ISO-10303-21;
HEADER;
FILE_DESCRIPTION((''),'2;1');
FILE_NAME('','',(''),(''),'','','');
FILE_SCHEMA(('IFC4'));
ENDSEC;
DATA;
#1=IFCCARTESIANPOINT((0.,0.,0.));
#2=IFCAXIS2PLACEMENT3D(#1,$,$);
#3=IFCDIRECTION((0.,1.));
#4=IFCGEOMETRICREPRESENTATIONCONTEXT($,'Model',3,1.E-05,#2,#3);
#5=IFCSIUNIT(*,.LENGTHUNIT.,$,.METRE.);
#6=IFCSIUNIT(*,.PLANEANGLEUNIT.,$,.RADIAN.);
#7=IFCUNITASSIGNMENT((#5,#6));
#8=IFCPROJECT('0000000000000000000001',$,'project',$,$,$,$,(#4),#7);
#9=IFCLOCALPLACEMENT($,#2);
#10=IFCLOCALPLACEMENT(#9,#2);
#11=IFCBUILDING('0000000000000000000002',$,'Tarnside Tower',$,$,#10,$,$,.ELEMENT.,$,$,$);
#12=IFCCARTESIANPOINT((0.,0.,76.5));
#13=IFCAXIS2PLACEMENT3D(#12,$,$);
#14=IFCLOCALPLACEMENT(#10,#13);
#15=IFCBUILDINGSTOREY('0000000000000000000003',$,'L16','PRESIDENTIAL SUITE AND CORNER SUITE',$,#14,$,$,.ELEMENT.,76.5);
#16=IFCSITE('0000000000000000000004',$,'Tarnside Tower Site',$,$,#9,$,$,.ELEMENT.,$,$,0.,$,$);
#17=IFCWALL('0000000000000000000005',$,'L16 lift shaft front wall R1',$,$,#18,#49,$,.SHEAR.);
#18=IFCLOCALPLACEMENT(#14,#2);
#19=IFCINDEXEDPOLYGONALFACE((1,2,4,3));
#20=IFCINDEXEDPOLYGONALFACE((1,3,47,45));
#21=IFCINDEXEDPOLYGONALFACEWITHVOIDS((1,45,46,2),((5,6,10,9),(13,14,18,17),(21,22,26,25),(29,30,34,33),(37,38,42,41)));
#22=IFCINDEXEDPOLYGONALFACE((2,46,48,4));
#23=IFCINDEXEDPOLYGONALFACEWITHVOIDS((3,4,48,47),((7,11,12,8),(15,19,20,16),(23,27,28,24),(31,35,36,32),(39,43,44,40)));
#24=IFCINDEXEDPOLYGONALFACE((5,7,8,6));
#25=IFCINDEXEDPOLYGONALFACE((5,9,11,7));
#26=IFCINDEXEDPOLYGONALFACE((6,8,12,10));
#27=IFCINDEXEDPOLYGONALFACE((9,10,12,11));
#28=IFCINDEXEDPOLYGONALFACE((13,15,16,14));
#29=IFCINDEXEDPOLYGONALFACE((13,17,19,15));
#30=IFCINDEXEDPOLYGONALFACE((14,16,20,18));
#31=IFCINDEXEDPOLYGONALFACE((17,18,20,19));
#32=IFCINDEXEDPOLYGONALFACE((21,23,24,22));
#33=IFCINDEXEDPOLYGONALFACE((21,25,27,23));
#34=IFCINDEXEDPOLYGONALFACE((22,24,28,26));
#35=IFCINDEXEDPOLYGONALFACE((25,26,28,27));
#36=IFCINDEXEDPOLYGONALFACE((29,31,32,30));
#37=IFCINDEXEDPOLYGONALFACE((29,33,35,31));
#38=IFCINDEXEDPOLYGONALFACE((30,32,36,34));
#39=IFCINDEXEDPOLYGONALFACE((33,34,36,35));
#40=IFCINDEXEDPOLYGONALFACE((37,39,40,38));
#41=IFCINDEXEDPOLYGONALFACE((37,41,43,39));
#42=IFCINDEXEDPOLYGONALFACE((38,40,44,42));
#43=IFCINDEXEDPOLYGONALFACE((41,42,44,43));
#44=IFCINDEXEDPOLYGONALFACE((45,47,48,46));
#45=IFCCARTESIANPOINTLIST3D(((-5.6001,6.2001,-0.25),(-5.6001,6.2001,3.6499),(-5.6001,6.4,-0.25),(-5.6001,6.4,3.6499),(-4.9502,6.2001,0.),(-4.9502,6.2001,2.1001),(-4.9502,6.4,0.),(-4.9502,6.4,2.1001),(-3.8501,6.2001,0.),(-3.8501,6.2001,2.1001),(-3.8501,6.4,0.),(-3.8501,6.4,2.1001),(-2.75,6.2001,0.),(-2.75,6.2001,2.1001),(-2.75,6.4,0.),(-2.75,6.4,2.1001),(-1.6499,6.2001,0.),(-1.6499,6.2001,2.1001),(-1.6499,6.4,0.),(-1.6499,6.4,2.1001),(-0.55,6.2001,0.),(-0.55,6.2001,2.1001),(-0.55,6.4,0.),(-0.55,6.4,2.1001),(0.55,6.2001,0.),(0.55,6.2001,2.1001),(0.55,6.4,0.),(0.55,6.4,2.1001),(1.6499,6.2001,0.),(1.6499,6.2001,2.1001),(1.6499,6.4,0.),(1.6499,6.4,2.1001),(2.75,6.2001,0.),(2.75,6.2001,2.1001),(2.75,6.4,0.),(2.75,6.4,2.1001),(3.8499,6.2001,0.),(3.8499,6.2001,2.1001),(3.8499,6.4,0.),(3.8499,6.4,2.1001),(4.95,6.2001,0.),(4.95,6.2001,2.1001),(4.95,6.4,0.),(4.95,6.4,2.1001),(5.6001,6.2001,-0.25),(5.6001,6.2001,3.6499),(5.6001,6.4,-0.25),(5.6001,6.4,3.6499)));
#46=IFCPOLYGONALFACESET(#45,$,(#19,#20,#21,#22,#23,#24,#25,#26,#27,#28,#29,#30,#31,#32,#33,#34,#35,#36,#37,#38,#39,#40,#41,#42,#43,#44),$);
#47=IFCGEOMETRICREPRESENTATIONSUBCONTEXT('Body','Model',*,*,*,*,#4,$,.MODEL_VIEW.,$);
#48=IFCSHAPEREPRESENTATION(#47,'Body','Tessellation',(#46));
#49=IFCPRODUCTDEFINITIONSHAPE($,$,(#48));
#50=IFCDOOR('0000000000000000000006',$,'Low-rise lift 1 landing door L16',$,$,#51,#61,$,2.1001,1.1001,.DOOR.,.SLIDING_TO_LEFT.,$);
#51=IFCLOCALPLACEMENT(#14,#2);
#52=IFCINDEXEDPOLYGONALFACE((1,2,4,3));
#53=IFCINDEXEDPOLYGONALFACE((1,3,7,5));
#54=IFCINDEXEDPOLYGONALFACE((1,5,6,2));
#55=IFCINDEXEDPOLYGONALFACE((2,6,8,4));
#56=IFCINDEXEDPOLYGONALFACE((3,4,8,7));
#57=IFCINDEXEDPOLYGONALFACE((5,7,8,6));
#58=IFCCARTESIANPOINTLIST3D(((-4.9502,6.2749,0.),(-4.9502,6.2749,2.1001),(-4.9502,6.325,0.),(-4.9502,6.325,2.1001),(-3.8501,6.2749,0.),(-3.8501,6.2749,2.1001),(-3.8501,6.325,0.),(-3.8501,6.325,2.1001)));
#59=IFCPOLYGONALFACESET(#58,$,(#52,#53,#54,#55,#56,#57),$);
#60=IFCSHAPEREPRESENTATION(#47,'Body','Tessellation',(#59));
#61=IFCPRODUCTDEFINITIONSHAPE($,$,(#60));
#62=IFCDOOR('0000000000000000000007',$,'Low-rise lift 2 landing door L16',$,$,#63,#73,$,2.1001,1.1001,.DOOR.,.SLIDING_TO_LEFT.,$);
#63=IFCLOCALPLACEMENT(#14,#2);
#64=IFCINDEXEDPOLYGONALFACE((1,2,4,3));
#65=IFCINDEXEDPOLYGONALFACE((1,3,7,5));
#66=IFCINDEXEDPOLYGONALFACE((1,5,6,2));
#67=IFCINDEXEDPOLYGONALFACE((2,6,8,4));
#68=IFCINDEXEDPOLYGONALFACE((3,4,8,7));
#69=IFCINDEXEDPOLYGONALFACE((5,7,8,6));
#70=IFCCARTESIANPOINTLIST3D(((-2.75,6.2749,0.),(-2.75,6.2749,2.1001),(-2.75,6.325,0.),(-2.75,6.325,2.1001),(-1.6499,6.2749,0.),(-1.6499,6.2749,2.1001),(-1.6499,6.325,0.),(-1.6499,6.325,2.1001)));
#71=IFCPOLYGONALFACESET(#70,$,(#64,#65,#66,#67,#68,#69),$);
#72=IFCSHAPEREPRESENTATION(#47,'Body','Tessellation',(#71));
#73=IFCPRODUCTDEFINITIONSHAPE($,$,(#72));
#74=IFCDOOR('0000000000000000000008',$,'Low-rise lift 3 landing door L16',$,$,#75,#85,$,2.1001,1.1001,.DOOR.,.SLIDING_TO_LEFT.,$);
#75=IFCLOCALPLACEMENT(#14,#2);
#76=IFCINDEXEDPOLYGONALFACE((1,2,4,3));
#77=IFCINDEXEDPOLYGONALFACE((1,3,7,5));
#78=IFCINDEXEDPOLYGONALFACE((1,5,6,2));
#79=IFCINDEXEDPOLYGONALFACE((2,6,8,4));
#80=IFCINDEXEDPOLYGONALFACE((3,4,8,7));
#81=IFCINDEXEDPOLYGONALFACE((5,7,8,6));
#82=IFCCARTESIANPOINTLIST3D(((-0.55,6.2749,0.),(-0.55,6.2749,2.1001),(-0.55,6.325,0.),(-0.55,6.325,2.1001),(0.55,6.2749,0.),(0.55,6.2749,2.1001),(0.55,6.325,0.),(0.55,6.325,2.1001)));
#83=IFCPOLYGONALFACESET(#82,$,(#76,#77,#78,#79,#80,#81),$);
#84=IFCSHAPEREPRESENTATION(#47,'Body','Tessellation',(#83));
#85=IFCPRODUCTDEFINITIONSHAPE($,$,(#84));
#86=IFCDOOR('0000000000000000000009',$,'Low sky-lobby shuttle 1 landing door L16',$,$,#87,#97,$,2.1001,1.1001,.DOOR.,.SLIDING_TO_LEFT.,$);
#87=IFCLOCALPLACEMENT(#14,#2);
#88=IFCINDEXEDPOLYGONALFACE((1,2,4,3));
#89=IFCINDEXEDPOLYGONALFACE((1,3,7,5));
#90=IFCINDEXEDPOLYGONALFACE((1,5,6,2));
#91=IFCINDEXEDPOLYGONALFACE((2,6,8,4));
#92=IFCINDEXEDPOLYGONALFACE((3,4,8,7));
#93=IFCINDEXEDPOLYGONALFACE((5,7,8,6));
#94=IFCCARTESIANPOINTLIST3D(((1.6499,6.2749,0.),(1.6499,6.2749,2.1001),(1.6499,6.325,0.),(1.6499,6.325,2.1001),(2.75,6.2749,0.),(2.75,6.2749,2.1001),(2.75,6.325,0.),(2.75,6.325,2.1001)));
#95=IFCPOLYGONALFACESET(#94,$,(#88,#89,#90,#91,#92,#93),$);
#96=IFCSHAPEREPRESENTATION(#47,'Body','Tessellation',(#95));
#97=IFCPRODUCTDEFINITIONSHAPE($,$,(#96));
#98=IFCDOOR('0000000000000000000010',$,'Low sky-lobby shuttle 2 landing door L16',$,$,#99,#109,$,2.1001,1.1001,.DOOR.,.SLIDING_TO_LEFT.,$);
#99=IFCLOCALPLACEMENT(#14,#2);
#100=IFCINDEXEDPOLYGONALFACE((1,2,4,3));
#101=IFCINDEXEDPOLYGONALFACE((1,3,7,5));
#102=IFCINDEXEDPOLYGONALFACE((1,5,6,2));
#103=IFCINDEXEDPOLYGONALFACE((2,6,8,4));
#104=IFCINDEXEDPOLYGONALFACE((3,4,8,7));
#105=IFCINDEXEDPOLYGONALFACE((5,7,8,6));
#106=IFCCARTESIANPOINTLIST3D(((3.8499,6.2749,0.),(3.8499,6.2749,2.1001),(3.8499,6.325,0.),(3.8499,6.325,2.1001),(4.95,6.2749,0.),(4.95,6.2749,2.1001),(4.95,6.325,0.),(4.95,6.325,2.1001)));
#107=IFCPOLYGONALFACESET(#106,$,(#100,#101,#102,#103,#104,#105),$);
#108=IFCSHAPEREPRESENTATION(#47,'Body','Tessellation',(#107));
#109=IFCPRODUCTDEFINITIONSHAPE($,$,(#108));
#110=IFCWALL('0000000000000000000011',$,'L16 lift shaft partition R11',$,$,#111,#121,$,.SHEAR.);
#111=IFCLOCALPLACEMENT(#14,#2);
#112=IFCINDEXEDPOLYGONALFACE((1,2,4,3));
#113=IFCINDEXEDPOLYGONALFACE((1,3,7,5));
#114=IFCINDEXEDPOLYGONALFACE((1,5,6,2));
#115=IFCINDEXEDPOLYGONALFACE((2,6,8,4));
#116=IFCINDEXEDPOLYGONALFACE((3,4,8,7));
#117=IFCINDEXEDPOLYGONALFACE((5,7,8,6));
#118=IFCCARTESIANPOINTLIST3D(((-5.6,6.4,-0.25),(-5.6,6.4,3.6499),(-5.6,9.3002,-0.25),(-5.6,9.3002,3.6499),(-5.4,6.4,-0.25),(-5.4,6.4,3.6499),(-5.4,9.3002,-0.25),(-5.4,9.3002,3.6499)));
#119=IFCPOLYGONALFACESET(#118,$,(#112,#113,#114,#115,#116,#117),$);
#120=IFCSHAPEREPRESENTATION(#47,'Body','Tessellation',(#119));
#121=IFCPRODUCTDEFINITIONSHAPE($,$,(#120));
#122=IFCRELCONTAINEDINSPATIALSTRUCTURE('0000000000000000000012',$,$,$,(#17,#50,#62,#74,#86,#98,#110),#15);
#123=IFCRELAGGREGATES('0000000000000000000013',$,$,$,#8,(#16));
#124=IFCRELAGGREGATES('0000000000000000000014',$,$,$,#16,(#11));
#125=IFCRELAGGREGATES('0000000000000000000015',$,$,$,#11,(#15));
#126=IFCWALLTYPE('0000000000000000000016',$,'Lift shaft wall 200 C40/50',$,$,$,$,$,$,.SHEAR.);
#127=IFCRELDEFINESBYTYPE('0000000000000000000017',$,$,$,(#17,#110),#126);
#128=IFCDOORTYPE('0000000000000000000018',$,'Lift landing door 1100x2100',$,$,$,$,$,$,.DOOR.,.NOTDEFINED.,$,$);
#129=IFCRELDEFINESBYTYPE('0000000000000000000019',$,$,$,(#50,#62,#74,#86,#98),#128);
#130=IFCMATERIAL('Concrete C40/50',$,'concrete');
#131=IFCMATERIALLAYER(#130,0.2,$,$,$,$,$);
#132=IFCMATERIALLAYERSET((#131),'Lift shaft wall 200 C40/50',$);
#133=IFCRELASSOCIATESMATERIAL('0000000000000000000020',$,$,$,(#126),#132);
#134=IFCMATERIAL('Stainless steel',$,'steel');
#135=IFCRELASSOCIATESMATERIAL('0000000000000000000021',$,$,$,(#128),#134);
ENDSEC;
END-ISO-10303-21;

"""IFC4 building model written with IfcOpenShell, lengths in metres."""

from ifc_helpers import new_model, si_unit, direction, frame, frame_2d, origin, place, context, subcontext, project, spatial, rectangle, extrude, material, layer, layer_set, type_object, element, fill, save


model = new_model("IFC4")

# Units and contexts
model_context = context("Model", 3, precision=1e-05, world=origin(), true_north=direction((0.0, 1.0)))
body_context = subcontext(model_context, "Body", "Model", "MODEL_VIEW")
ifc_project = project(units=[si_unit("LENGTHUNIT", "METRE"), si_unit("PLANEANGLEUNIT", "RADIAN")], contexts=[model_context])

# Site, building, storey
site_placement = place(None, origin())
site = spatial("IfcSite", under=ifc_project, at=site_placement, Name="Tarnside Tower Site", CompositionType="ELEMENT", RefElevation=0.0)
building_placement = place(site_placement, origin())
building = spatial("IfcBuilding", under=site, at=building_placement, Name="Tarnside Tower", CompositionType="ELEMENT")
storey_placement = place(building_placement, frame((0.0, 0.0, 76.5)))
storey = spatial("IfcBuildingStorey", under=building, at=storey_placement, Name="L16", Description="PRESIDENTIAL SUITE AND CORNER SUITE", CompositionType="ELEMENT", Elevation=76.5)

# Shared definitions
ifc_material_1 = material(Name="Concrete C40/50", Category="concrete")

# Wall, openings, doors
ifc_layer_1 = layer(ifc_material_1, 0.2)
ifc_layer_set_1 = layer_set([ifc_layer_1], Name="Lift shaft wall 200 C40/50")
wall_type_1 = type_object("IfcWallType", Name="Lift shaft wall 200 C40/50", PredefinedType="SHEAR", material=ifc_layer_set_1)
wall_1_placement = place(storey_placement, frame((-5.6001, 6.3, -0.25), z_axis=(0.0, 0.0, 1.0), x_axis=(1.0, 0.0, 0.0)))
wall_1 = element("IfcWall", 1, at=wall_1_placement, inside=storey, type_object=wall_type_1, Name="L16 lift shaft front wall R1", PredefinedType="SHEAR", context=body_context, shape_type="SweptSolid", body=[
    extrude(rectangle(XDim=11.2002, YDim=0.2, at=frame_2d((5.6001, 0.0))), origin(), (0.0, 0.0, 1.0), 3.8999),
])
opening_1_placement = place(wall_1_placement, frame((0.6499, 0.0, 0.25)))
opening_1 = element("IfcOpeningElement", 2, at=opening_1_placement, cuts=wall_1, PredefinedType="OPENING", context=body_context, shape_type="SweptSolid", body=[
    extrude(rectangle(XDim=1.1001, YDim=2.1001, at=frame_2d((0.55, 1.05))), frame((0.0, 0.1099, 0.0), z_axis=(0.0, -1.0, 0.0), x_axis=(1.0, 0.0, 0.0)), (0.0, 0.0, 1.0), 0.22),
])
opening_2_placement = place(wall_1_placement, frame((2.8501, 0.0, 0.25)))
opening_2 = element("IfcOpeningElement", 3, at=opening_2_placement, cuts=wall_1, PredefinedType="OPENING", context=body_context, shape_type="SweptSolid", body=[
    extrude(rectangle(XDim=1.1001, YDim=2.1001, at=frame_2d((0.55, 1.05))), frame((0.0, 0.1099, 0.0), z_axis=(0.0, -1.0, 0.0), x_axis=(1.0, 0.0, 0.0)), (0.0, 0.0, 1.0), 0.22),
])
opening_3_placement = place(wall_1_placement, frame((5.05, 0.0, 0.25)))
opening_3 = element("IfcOpeningElement", 4, at=opening_3_placement, cuts=wall_1, PredefinedType="OPENING", context=body_context, shape_type="SweptSolid", body=[
    extrude(rectangle(XDim=1.1001, YDim=2.1001, at=frame_2d((0.55, 1.05))), frame((0.0, 0.1099, 0.0), z_axis=(0.0, -1.0, 0.0), x_axis=(1.0, 0.0, 0.0)), (0.0, 0.0, 1.0), 0.22),
])
opening_4_placement = place(wall_1_placement, frame((7.25, 0.0, 0.25)))
opening_4 = element("IfcOpeningElement", 5, at=opening_4_placement, cuts=wall_1, PredefinedType="OPENING", context=body_context, shape_type="SweptSolid", body=[
    extrude(rectangle(XDim=1.1001, YDim=2.1001, at=frame_2d((0.55, 1.05))), frame((0.0, 0.1099, 0.0), z_axis=(0.0, -1.0, 0.0), x_axis=(1.0, 0.0, 0.0)), (0.0, 0.0, 1.0), 0.22),
])
opening_5_placement = place(wall_1_placement, frame((9.45, 0.0, 0.25)))
opening_5 = element("IfcOpeningElement", 6, at=opening_5_placement, cuts=wall_1, PredefinedType="OPENING", context=body_context, shape_type="SweptSolid", body=[
    extrude(rectangle(XDim=1.1001, YDim=2.1001, at=frame_2d((0.55, 1.05))), frame((0.0, 0.1099, 0.0), z_axis=(0.0, -1.0, 0.0), x_axis=(1.0, 0.0, 0.0)), (0.0, 0.0, 1.0), 0.22),
])
ifc_material_2 = material(Name="Stainless steel", Category="steel")
door_type_1 = type_object("IfcDoorType", Name="Lift landing door 1100x2100", OperationType="NOTDEFINED", PredefinedType="DOOR", material=ifc_material_2)
door_1_placement = place(opening_1_placement, origin())
door_1 = element("IfcDoor", 7, at=door_1_placement, inside=storey, type_object=door_type_1, Name="Low-rise lift 1 landing door L16", OperationType="SLIDING_TO_LEFT", OverallHeight=2.1001, OverallWidth=1.1001, PredefinedType="DOOR", context=body_context, shape_type="SweptSolid", body=[
    extrude(rectangle(XDim=1.1001, YDim=2.1001, at=frame_2d((0.55, 1.05))), frame((0.0, 0.0249, 0.0), z_axis=(0.0, -1.0, 0.0), x_axis=(1.0, 0.0, 0.0)), (0.0, 0.0, 1.0), 0.05),
])
fill(opening_1, door_1)
door_2_placement = place(opening_2_placement, origin())
door_2 = element("IfcDoor", 8, at=door_2_placement, inside=storey, type_object=door_type_1, Name="Low-rise lift 2 landing door L16", OperationType="SLIDING_TO_LEFT", OverallHeight=2.1001, OverallWidth=1.1001, PredefinedType="DOOR", context=body_context, shape_type="SweptSolid", body=[
    extrude(rectangle(XDim=1.1001, YDim=2.1001, at=frame_2d((0.55, 1.05))), frame((0.0, 0.0249, 0.0), z_axis=(0.0, -1.0, 0.0), x_axis=(1.0, 0.0, 0.0)), (0.0, 0.0, 1.0), 0.05),
])
fill(opening_2, door_2)
door_3_placement = place(opening_3_placement, origin())
door_3 = element("IfcDoor", 9, at=door_3_placement, inside=storey, type_object=door_type_1, Name="Low-rise lift 3 landing door L16", OperationType="SLIDING_TO_LEFT", OverallHeight=2.1001, OverallWidth=1.1001, PredefinedType="DOOR", context=body_context, shape_type="SweptSolid", body=[
    extrude(rectangle(XDim=1.1001, YDim=2.1001, at=frame_2d((0.55, 1.05))), frame((0.0, 0.0249, 0.0), z_axis=(0.0, -1.0, 0.0), x_axis=(1.0, 0.0, 0.0)), (0.0, 0.0, 1.0), 0.05),
])
fill(opening_3, door_3)
door_4_placement = place(opening_4_placement, origin())
door_4 = element("IfcDoor", 10, at=door_4_placement, inside=storey, type_object=door_type_1, Name="Low sky-lobby shuttle 1 landing door L16", OperationType="SLIDING_TO_LEFT", OverallHeight=2.1001, OverallWidth=1.1001, PredefinedType="DOOR", context=body_context, shape_type="SweptSolid", body=[
    extrude(rectangle(XDim=1.1001, YDim=2.1001, at=frame_2d((0.55, 1.05))), frame((0.0, 0.0249, 0.0), z_axis=(0.0, -1.0, 0.0), x_axis=(1.0, 0.0, 0.0)), (0.0, 0.0, 1.0), 0.05),
])
fill(opening_4, door_4)
door_5_placement = place(opening_5_placement, origin())
door_5 = element("IfcDoor", 11, at=door_5_placement, inside=storey, type_object=door_type_1, Name="Low sky-lobby shuttle 2 landing door L16", OperationType="SLIDING_TO_LEFT", OverallHeight=2.1001, OverallWidth=1.1001, PredefinedType="DOOR", context=body_context, shape_type="SweptSolid", body=[
    extrude(rectangle(XDim=1.1001, YDim=2.1001, at=frame_2d((0.55, 1.05))), frame((0.0, 0.0249, 0.0), z_axis=(0.0, -1.0, 0.0), x_axis=(1.0, 0.0, 0.0)), (0.0, 0.0, 1.0), 0.05),
])
fill(opening_5, door_5)

# Wall
wall_2_placement = place(storey_placement, frame((-5.5, 6.3999, -0.25), z_axis=(0.0, 0.0, 1.0), x_axis=(0.0, 1.0, 0.0)))
element("IfcWall", 12, at=wall_2_placement, inside=storey, type_object=wall_type_1, Name="L16 lift shaft partition R11", PredefinedType="SHEAR", context=body_context, shape_type="SweptSolid", body=[
    extrude(rectangle(XDim=2.9001, YDim=0.2, at=frame_2d((1.4502, 0.0))), origin(), (0.0, 0.0, 1.0), 3.8999),
])

save(model, "model.ifc")
